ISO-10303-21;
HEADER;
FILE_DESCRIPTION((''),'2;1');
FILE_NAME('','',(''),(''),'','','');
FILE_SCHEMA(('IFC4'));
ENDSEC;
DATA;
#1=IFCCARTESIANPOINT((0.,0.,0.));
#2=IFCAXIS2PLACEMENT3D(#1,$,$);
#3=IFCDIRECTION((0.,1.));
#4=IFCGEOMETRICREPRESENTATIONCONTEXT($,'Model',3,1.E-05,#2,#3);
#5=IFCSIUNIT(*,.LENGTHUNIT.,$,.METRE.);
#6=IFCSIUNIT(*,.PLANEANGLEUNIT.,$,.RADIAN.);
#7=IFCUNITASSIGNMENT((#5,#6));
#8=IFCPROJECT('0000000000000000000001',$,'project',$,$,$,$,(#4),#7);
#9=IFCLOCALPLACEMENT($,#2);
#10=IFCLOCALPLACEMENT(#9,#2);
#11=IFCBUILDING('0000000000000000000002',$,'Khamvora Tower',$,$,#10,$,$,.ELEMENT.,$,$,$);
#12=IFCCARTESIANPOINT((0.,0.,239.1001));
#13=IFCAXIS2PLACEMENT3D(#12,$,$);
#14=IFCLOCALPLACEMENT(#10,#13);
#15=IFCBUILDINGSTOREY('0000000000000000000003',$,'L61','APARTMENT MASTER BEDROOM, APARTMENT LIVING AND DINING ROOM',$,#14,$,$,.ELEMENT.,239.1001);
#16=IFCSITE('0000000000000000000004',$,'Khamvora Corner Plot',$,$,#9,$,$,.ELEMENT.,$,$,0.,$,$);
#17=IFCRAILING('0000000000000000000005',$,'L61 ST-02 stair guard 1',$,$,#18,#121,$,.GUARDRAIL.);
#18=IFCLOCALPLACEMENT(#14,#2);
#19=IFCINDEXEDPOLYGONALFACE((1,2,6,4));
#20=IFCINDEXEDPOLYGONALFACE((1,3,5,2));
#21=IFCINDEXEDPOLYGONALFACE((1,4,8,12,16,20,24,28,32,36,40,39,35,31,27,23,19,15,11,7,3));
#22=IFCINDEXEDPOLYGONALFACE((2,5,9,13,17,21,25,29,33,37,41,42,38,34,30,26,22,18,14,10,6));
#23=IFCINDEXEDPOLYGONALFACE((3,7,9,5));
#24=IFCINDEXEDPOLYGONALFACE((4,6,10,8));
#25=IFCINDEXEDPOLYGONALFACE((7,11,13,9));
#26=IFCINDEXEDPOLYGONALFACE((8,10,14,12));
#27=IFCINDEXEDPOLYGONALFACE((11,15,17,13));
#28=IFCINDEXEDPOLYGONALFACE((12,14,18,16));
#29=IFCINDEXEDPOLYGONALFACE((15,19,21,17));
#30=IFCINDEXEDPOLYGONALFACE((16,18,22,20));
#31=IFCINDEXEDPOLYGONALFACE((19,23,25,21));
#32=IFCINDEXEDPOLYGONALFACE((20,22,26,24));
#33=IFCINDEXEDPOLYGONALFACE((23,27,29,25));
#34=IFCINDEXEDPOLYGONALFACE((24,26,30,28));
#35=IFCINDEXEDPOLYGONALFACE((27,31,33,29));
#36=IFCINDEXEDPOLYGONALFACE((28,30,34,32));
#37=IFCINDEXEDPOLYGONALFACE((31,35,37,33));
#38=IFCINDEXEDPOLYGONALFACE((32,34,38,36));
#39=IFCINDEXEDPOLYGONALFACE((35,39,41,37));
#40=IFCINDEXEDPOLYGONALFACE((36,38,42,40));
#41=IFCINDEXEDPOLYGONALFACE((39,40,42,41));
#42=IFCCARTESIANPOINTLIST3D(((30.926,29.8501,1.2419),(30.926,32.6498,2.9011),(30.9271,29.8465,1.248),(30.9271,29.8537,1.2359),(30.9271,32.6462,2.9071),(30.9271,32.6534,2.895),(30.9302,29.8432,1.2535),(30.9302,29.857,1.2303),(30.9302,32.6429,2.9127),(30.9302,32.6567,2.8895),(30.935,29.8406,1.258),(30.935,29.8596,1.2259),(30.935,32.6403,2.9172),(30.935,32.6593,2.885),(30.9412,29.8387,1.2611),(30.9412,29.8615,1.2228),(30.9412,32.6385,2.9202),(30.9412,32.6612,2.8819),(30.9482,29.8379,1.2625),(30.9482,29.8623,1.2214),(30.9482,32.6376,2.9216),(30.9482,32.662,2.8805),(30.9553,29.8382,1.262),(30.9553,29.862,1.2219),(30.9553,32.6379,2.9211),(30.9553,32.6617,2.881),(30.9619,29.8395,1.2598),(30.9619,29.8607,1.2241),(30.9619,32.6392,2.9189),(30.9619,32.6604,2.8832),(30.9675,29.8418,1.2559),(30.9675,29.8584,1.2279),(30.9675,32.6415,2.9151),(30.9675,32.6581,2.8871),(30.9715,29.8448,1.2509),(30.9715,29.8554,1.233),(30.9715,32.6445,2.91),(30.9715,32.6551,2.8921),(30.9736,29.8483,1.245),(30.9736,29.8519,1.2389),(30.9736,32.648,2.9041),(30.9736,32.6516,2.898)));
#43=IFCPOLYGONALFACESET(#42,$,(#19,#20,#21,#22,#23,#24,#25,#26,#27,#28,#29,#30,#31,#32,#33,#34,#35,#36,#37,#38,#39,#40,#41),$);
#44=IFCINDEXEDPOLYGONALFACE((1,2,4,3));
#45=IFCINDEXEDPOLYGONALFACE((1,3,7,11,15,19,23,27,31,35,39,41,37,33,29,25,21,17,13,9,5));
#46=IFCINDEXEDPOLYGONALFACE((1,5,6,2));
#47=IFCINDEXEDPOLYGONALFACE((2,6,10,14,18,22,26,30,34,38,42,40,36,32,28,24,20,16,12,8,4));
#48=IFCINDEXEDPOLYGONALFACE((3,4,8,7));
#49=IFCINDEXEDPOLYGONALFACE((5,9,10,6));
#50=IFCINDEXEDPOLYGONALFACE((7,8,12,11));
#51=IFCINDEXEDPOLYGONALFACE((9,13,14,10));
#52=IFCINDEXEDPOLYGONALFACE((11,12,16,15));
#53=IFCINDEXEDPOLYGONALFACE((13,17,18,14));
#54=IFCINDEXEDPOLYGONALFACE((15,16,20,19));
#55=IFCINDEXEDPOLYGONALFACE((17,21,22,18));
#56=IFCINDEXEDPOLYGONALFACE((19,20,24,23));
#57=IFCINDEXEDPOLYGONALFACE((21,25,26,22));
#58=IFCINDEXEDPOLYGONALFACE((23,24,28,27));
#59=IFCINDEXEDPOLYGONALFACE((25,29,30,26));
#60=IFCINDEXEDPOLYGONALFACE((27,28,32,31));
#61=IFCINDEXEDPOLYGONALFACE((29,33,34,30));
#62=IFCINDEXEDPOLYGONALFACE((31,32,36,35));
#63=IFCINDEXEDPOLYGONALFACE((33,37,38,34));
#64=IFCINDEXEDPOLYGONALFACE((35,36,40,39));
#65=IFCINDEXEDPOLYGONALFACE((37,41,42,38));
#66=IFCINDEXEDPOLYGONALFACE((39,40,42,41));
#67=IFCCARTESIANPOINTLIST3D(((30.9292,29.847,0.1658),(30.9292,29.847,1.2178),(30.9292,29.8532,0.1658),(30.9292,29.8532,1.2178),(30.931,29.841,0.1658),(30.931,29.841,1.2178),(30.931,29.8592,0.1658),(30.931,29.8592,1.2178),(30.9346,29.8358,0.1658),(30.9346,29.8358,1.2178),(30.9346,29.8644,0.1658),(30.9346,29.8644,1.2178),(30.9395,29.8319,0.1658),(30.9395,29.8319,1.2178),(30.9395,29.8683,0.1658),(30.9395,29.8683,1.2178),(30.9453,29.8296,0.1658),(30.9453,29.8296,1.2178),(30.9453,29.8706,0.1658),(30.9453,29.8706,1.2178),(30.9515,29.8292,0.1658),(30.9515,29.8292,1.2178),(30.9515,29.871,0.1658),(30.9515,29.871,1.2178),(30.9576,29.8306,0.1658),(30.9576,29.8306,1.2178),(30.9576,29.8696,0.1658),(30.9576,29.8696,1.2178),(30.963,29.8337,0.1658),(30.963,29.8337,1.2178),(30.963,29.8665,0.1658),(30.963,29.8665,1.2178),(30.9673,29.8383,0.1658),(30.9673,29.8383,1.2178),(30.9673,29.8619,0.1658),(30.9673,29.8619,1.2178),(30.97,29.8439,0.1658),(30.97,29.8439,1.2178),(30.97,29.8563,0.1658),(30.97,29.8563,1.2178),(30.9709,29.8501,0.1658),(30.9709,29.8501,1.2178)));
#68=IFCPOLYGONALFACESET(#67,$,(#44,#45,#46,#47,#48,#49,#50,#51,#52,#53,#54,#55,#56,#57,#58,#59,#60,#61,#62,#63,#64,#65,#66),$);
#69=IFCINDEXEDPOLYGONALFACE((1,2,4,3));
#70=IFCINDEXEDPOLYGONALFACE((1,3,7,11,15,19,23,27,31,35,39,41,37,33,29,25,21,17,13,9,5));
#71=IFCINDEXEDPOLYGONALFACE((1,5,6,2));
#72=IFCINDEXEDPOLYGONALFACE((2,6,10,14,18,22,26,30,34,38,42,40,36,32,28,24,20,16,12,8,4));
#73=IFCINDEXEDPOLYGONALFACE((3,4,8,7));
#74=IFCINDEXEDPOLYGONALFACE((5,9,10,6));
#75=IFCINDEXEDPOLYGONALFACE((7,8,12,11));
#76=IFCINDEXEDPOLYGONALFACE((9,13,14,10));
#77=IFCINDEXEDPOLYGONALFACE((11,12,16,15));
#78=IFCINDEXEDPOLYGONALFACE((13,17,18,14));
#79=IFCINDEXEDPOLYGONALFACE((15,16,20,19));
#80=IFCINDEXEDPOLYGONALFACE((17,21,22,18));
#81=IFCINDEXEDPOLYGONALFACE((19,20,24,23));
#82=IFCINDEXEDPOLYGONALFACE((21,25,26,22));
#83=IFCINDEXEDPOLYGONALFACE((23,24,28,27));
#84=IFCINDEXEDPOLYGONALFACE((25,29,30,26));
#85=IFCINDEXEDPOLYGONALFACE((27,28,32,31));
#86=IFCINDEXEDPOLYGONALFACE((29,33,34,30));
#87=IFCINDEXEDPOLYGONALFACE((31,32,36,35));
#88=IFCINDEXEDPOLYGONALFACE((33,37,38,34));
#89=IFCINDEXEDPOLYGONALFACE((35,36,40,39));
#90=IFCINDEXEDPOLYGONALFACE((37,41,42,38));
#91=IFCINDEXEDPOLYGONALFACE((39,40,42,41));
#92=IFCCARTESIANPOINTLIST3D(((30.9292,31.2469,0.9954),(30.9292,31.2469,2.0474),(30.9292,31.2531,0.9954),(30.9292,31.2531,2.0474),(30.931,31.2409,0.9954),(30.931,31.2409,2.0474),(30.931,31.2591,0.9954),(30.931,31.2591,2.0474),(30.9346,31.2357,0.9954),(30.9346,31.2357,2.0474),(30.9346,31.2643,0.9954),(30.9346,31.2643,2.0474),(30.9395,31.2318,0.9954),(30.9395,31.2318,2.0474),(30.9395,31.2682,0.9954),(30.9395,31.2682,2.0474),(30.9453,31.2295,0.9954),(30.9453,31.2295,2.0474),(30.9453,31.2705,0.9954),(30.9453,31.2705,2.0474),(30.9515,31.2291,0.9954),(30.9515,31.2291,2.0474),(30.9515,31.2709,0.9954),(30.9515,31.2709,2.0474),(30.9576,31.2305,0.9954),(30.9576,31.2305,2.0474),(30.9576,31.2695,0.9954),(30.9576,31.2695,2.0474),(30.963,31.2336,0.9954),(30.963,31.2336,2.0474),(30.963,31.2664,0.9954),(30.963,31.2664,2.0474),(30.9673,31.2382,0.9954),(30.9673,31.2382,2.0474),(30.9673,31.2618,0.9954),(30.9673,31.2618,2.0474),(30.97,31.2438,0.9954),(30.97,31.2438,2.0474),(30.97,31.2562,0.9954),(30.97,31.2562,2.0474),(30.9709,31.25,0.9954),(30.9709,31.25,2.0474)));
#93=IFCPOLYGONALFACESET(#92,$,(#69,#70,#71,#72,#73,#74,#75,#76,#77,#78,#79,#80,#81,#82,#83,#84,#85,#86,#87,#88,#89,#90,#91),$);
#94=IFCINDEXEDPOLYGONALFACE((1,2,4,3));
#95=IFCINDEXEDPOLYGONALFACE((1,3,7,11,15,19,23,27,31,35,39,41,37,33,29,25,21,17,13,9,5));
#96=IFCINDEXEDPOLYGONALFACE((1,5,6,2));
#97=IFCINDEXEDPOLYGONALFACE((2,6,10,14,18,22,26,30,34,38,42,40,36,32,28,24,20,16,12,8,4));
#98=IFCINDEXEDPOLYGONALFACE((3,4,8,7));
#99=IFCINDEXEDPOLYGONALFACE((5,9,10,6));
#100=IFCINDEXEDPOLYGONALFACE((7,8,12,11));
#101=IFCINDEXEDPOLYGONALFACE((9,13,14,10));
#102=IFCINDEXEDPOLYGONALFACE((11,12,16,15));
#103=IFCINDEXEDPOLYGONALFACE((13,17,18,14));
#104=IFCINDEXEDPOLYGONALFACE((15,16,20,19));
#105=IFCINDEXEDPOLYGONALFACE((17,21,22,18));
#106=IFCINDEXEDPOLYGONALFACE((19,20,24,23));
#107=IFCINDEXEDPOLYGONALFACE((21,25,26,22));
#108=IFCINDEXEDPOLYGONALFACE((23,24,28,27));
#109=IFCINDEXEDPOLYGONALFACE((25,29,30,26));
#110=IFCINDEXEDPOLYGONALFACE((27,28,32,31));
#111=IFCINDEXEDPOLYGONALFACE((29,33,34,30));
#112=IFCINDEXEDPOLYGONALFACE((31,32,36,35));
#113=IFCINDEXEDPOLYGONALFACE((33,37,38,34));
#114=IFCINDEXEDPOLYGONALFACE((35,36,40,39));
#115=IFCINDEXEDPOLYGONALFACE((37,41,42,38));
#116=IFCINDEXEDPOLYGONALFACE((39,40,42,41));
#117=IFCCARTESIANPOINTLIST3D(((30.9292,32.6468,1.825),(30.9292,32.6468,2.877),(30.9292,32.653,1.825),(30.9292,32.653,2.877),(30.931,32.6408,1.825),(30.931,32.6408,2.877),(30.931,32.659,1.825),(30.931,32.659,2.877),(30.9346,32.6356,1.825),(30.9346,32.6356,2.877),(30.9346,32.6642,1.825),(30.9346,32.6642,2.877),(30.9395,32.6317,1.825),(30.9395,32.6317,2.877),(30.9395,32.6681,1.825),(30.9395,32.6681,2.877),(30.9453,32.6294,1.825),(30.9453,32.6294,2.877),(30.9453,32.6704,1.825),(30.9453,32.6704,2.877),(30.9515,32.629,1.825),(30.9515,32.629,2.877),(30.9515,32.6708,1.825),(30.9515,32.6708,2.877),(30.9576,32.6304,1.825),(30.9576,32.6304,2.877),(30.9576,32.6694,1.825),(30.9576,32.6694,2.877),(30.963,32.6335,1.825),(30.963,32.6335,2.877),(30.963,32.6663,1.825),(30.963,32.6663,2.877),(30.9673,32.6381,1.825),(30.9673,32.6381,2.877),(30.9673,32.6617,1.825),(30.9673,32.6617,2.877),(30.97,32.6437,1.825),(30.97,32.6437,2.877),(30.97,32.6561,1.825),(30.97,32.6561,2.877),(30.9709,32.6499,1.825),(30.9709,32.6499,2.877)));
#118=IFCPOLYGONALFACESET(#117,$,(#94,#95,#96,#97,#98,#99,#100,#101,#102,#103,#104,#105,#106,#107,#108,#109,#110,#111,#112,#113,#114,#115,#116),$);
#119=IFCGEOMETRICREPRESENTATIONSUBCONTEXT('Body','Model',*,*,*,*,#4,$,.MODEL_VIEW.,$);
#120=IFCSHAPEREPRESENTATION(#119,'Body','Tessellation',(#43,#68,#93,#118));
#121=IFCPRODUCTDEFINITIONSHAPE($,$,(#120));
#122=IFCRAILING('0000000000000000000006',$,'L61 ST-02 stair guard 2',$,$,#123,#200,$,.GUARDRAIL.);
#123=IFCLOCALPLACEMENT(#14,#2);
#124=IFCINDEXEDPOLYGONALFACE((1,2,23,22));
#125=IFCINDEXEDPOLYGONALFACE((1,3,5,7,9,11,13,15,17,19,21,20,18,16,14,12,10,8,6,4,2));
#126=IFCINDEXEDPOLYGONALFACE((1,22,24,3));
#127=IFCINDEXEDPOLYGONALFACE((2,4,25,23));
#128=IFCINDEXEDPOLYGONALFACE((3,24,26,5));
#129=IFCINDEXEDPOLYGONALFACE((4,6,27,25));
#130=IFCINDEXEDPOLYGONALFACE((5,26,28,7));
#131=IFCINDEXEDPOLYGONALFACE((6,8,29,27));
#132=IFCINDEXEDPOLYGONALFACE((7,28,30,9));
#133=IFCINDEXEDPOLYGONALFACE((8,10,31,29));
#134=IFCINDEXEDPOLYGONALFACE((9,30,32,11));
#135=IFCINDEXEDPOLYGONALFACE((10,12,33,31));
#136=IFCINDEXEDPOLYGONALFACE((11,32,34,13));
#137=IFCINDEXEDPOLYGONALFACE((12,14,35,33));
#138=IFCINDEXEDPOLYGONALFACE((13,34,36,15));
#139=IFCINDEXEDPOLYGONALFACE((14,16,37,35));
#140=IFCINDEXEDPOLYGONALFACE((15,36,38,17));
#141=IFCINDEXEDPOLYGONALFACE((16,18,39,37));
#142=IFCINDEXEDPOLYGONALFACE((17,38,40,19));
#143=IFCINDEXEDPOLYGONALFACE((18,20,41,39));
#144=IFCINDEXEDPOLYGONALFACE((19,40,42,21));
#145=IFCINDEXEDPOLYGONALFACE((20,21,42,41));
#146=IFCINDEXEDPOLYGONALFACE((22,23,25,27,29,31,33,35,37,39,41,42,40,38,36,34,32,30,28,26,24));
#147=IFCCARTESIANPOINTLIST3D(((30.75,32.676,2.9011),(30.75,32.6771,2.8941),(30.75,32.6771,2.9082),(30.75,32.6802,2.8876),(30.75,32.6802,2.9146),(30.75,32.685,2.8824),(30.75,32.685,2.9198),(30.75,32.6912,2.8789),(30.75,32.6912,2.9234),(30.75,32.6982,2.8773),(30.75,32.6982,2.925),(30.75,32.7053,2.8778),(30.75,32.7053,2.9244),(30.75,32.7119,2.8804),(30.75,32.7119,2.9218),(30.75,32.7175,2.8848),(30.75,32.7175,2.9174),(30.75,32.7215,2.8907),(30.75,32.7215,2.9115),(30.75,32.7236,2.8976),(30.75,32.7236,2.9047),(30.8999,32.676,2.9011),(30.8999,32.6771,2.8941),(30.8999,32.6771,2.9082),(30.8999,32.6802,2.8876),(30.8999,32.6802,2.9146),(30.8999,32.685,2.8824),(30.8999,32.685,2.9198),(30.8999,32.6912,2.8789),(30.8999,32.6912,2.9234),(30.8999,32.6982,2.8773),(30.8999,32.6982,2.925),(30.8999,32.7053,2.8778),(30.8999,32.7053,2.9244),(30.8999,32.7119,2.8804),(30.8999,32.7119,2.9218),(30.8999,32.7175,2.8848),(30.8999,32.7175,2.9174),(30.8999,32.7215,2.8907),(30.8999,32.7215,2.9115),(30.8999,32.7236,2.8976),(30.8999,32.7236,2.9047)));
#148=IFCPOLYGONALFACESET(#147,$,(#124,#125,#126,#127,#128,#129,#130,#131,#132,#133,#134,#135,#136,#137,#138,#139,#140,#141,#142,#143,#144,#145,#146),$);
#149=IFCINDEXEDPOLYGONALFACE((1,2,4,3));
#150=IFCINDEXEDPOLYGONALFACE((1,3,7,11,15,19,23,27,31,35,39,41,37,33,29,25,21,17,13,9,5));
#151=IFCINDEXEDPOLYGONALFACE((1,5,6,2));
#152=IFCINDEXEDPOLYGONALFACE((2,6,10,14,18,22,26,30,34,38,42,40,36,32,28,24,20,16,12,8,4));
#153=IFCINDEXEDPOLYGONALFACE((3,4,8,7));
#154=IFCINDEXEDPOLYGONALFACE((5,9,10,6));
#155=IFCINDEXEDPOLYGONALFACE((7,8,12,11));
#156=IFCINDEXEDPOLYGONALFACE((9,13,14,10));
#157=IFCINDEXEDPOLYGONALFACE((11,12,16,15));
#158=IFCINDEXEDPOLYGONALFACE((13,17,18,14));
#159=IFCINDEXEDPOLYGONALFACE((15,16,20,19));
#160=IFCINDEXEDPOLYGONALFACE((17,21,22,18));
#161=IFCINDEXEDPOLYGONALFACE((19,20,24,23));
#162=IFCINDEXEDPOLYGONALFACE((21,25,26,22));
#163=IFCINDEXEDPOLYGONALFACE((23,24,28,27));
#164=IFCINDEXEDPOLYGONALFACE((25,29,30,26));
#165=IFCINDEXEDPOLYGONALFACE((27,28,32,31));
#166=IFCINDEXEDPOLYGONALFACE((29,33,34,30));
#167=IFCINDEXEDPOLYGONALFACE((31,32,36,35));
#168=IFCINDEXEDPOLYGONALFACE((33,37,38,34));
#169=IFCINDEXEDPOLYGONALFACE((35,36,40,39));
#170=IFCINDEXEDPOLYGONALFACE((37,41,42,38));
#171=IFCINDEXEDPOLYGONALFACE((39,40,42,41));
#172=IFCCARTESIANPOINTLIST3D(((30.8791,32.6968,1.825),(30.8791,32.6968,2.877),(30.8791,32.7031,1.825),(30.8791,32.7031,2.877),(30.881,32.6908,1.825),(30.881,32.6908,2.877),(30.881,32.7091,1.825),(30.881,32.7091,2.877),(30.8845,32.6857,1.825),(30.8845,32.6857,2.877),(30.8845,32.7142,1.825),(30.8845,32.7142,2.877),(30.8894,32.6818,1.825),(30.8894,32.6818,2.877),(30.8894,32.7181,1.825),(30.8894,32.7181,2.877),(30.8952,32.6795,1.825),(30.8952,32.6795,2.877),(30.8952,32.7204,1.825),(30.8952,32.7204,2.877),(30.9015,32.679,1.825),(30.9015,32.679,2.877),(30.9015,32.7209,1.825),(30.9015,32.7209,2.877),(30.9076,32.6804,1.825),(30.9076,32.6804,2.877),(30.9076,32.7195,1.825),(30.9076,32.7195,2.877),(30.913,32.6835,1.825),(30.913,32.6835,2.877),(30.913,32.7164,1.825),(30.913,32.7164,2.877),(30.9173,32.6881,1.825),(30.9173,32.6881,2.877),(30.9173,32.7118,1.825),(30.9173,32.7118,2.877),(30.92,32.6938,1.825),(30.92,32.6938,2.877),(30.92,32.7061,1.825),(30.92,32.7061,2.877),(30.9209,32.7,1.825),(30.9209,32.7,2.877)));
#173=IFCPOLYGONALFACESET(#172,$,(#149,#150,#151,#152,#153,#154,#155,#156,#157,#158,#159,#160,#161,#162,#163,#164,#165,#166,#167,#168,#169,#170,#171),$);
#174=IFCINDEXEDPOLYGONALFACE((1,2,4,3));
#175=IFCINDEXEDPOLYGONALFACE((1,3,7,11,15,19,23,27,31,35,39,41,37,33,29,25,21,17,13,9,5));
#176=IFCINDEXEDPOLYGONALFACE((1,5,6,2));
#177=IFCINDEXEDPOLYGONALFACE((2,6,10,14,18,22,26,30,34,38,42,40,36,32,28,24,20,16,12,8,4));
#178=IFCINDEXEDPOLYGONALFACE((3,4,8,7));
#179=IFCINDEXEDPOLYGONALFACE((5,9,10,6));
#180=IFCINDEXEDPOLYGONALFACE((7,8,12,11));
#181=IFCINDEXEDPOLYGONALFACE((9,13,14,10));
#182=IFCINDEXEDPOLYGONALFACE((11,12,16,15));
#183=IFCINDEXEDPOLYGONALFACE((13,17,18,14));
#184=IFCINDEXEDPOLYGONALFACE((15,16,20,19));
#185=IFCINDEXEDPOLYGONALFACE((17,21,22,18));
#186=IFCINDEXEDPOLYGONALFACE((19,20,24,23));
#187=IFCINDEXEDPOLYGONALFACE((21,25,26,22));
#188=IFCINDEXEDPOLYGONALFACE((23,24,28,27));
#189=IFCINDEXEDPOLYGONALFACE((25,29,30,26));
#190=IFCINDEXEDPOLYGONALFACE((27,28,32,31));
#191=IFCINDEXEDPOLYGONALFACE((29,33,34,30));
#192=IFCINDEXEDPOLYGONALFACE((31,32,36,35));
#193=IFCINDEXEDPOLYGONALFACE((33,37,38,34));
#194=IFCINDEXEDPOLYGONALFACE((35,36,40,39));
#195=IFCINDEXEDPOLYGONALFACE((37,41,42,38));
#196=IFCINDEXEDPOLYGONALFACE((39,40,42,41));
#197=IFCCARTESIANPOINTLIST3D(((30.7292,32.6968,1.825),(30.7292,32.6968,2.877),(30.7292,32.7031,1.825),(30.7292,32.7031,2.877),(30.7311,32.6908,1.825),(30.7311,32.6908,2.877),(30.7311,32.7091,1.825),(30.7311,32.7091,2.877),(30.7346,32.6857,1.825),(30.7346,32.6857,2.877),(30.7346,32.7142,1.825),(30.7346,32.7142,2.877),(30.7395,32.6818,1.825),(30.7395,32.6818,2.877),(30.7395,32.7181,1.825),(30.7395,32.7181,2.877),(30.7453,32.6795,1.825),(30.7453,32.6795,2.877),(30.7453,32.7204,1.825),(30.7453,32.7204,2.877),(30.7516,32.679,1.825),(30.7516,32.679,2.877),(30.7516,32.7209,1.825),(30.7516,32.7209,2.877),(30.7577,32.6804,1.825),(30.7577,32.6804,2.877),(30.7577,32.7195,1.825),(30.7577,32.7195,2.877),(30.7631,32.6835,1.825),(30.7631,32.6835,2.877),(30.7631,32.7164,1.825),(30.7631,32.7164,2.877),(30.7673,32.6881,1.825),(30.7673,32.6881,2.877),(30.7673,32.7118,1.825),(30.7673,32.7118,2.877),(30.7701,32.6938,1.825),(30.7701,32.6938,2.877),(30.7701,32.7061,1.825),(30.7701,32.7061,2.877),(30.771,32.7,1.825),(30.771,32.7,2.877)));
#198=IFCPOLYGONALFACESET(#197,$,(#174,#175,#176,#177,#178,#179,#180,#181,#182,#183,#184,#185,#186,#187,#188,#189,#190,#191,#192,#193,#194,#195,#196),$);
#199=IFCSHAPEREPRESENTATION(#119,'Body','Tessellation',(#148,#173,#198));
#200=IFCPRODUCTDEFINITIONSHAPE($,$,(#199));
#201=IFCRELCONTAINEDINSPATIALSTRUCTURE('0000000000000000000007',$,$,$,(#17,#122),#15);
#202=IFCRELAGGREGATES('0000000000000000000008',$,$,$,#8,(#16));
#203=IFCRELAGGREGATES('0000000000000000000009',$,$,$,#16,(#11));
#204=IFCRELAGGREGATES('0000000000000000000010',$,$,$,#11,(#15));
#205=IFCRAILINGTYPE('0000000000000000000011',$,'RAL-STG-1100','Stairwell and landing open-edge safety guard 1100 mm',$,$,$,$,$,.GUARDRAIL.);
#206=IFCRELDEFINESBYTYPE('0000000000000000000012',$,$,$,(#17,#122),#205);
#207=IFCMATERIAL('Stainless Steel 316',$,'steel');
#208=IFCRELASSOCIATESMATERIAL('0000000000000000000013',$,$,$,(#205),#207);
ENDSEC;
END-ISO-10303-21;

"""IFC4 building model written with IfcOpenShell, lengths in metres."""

from ifc_helpers import new_model, si_unit, direction, frame, origin, origin_2d, place, context, subcontext, project, spatial, circle, extrude, material, type_object, element, save


model = new_model("IFC4")

# Units and contexts
model_context = context("Model", 3, precision=1e-05, world=origin(), true_north=direction((0.0, 1.0)))
body_context = subcontext(model_context, "Body", "Model", "MODEL_VIEW")
ifc_project = project(units=[si_unit("LENGTHUNIT", "METRE"), si_unit("PLANEANGLEUNIT", "RADIAN")], contexts=[model_context])

# Site, building, storey
site_placement = place(None, origin())
site = spatial("IfcSite", under=ifc_project, at=site_placement, Name="Khamvora Corner Plot", CompositionType="ELEMENT", RefElevation=0.0)
building_placement = place(site_placement, origin())
building = spatial("IfcBuilding", under=site, at=building_placement, Name="Khamvora Tower", CompositionType="ELEMENT")
storey_placement = place(building_placement, frame((0.0, 0.0, 239.1001)))
storey = spatial("IfcBuildingStorey", under=building, at=storey_placement, Name="L61", Description="APARTMENT MASTER BEDROOM, APARTMENT LIVING AND DINING ROOM", CompositionType="ELEMENT", Elevation=239.1001)

# Railings
ifc_material_1 = material(Name="Stainless Steel 316", Category="steel")
railing_type_1 = type_object("IfcRailingType", Name="RAL-STG-1100", Description="Stairwell and landing open-edge safety guard 1100 mm", PredefinedType="GUARDRAIL", material=ifc_material_1)
railing_1_placement = place(storey_placement, frame((30.95, 29.8501, 0.1658)))
element("IfcRailing", 1, at=railing_1_placement, inside=storey, type_object=railing_type_1, Name="L61 ST-02 stair guard 1", PredefinedType="GUARDRAIL", context=body_context, shape_type="SweptSolid", body=[
    extrude(circle(Radius=0.0239, at=origin_2d()), frame((0.0, 0.0, 1.0762), z_axis=(0.0, 0.860287, 0.509811), x_axis=(-1.0, 0.0, 0.0)), (0.0, 0.0, 1.0), 3.2544),
    extrude(circle(Radius=0.021, at=origin_2d()), origin(), (0.0, 0.0, 1.0), 1.052),
    extrude(circle(Radius=0.021, at=origin_2d()), frame((0.0, 1.3999, 0.8296)), (0.0, 0.0, 1.0), 1.052),
    extrude(circle(Radius=0.021, at=origin_2d()), frame((0.0, 2.7998, 1.6592)), (0.0, 0.0, 1.0), 1.052),
])
railing_2_placement = place(storey_placement, frame((30.8999, 32.7, 1.825)))
element("IfcRailing", 2, at=railing_2_placement, inside=storey, type_object=railing_type_1, Name="L61 ST-02 stair guard 2", PredefinedType="GUARDRAIL", context=body_context, shape_type="SweptSolid", body=[
    extrude(circle(Radius=0.0239, at=origin_2d()), frame((0.0, 0.0, 1.0762), z_axis=(-1.0, 0.0, 0.0), x_axis=(0.0, -1.0, 0.0)), (0.0, 0.0, 1.0), 0.1499),
    extrude(circle(Radius=0.021, at=origin_2d()), origin(), (0.0, 0.0, 1.0), 1.052),
    extrude(circle(Radius=0.021, at=origin_2d()), frame((-0.1499, 0.0, 0.0)), (0.0, 0.0, 1.0), 1.052),
])

save(model, "model.ifc")
